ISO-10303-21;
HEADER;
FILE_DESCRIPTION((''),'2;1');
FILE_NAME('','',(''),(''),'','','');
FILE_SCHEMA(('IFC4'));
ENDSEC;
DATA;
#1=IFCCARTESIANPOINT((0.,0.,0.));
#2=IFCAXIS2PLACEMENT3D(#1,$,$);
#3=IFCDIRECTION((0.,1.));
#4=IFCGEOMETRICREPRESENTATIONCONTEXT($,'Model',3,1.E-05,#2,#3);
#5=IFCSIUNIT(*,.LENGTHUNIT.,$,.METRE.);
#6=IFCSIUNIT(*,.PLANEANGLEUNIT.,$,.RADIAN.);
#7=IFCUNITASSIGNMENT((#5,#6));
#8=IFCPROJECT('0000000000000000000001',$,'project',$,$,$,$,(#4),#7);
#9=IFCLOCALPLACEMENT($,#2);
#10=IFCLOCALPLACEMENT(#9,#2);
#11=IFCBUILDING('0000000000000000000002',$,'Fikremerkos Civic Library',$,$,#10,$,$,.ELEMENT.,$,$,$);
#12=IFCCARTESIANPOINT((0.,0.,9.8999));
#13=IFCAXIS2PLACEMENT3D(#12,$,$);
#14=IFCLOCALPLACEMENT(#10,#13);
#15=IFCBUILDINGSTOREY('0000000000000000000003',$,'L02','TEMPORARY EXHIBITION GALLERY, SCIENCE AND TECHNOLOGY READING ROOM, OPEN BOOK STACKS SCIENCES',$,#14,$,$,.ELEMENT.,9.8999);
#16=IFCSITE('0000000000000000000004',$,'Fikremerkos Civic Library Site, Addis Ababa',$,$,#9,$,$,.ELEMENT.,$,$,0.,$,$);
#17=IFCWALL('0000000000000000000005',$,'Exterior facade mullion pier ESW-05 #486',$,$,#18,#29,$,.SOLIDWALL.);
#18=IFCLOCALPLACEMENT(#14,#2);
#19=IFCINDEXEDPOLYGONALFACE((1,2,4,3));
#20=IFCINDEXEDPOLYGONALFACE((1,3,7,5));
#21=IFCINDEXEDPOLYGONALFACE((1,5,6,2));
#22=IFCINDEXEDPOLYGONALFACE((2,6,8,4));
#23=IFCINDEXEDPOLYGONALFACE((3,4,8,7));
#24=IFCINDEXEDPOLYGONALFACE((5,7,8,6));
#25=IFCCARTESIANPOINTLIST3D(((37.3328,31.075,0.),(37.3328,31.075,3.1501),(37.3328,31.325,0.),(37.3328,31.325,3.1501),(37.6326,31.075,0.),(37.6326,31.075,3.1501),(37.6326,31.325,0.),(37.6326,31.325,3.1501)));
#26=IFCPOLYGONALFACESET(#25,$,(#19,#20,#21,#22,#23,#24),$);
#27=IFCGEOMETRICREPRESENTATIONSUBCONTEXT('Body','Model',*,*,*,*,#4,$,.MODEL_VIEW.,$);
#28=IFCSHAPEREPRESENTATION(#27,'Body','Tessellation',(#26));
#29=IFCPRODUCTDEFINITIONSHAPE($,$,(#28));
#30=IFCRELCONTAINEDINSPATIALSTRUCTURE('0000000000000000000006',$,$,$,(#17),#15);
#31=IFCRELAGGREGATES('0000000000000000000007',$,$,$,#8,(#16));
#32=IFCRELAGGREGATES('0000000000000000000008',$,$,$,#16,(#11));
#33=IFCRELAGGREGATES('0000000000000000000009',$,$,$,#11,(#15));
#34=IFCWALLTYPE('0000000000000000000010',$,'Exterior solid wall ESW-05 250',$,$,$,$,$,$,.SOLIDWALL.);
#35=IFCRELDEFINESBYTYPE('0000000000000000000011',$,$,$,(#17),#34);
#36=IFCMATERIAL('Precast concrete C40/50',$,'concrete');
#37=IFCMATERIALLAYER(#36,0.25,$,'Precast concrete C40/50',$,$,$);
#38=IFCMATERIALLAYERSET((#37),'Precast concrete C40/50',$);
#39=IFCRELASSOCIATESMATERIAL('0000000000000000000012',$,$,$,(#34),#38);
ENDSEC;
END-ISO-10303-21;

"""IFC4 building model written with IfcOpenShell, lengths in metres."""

from ifc_helpers import new_model, si_unit, direction, frame, frame_2d, origin, place, context, subcontext, project, spatial, rectangle, extrude, material, layer, layer_set, type_object, element, save


model = new_model("IFC4")

# Units and contexts
model_context = context("Model", 3, precision=1e-05, world=origin(), true_north=direction((0.0, 1.0)))
body_context = subcontext(model_context, "Body", "Model", "MODEL_VIEW")
ifc_project = project(units=[si_unit("LENGTHUNIT", "METRE"), si_unit("PLANEANGLEUNIT", "RADIAN")], contexts=[model_context])

# Site, building, storey
site_placement = place(None, origin())
site = spatial("IfcSite", under=ifc_project, at=site_placement, Name="Fikremerkos Civic Library Site, Addis Ababa", CompositionType="ELEMENT", RefElevation=0.0)
building_placement = place(site_placement, origin())
building = spatial("IfcBuilding", under=site, at=building_placement, Name="Fikremerkos Civic Library", CompositionType="ELEMENT")
storey_placement = place(building_placement, frame((0.0, 0.0, 9.8999)))
storey = spatial("IfcBuildingStorey", under=building, at=storey_placement, Name="L02", Description="TEMPORARY EXHIBITION GALLERY, SCIENCE AND TECHNOLOGY READING ROOM, OPEN BOOK STACKS SCIENCES", CompositionType="ELEMENT", Elevation=9.8999)

# Wall
ifc_material_1 = material(Name="Precast concrete C40/50", Category="concrete")
ifc_layer_1 = layer(ifc_material_1, 0.25, Name="Precast concrete C40/50")
ifc_layer_set_1 = layer_set([ifc_layer_1], Name="Precast concrete C40/50")
wall_type = type_object("IfcWallType", Name="Exterior solid wall ESW-05 250", PredefinedType="SOLIDWALL", material=ifc_layer_set_1)
wall_placement = place(storey_placement, frame((37.3328, 31.2, 0.0), z_axis=(0.0, 0.0, 1.0), x_axis=(1.0, 0.0, 0.0)))
element("IfcWall", 1, at=wall_placement, inside=storey, type_object=wall_type, Name="Exterior facade mullion pier ESW-05 #486", PredefinedType="SOLIDWALL", context=body_context, shape_type="SweptSolid", body=[
    extrude(rectangle(XDim=0.2998, YDim=0.25, at=frame_2d((0.1499, 0.0))), origin(), (0.0, 0.0, 1.0), 3.1501),
])

save(model, "model.ifc")
